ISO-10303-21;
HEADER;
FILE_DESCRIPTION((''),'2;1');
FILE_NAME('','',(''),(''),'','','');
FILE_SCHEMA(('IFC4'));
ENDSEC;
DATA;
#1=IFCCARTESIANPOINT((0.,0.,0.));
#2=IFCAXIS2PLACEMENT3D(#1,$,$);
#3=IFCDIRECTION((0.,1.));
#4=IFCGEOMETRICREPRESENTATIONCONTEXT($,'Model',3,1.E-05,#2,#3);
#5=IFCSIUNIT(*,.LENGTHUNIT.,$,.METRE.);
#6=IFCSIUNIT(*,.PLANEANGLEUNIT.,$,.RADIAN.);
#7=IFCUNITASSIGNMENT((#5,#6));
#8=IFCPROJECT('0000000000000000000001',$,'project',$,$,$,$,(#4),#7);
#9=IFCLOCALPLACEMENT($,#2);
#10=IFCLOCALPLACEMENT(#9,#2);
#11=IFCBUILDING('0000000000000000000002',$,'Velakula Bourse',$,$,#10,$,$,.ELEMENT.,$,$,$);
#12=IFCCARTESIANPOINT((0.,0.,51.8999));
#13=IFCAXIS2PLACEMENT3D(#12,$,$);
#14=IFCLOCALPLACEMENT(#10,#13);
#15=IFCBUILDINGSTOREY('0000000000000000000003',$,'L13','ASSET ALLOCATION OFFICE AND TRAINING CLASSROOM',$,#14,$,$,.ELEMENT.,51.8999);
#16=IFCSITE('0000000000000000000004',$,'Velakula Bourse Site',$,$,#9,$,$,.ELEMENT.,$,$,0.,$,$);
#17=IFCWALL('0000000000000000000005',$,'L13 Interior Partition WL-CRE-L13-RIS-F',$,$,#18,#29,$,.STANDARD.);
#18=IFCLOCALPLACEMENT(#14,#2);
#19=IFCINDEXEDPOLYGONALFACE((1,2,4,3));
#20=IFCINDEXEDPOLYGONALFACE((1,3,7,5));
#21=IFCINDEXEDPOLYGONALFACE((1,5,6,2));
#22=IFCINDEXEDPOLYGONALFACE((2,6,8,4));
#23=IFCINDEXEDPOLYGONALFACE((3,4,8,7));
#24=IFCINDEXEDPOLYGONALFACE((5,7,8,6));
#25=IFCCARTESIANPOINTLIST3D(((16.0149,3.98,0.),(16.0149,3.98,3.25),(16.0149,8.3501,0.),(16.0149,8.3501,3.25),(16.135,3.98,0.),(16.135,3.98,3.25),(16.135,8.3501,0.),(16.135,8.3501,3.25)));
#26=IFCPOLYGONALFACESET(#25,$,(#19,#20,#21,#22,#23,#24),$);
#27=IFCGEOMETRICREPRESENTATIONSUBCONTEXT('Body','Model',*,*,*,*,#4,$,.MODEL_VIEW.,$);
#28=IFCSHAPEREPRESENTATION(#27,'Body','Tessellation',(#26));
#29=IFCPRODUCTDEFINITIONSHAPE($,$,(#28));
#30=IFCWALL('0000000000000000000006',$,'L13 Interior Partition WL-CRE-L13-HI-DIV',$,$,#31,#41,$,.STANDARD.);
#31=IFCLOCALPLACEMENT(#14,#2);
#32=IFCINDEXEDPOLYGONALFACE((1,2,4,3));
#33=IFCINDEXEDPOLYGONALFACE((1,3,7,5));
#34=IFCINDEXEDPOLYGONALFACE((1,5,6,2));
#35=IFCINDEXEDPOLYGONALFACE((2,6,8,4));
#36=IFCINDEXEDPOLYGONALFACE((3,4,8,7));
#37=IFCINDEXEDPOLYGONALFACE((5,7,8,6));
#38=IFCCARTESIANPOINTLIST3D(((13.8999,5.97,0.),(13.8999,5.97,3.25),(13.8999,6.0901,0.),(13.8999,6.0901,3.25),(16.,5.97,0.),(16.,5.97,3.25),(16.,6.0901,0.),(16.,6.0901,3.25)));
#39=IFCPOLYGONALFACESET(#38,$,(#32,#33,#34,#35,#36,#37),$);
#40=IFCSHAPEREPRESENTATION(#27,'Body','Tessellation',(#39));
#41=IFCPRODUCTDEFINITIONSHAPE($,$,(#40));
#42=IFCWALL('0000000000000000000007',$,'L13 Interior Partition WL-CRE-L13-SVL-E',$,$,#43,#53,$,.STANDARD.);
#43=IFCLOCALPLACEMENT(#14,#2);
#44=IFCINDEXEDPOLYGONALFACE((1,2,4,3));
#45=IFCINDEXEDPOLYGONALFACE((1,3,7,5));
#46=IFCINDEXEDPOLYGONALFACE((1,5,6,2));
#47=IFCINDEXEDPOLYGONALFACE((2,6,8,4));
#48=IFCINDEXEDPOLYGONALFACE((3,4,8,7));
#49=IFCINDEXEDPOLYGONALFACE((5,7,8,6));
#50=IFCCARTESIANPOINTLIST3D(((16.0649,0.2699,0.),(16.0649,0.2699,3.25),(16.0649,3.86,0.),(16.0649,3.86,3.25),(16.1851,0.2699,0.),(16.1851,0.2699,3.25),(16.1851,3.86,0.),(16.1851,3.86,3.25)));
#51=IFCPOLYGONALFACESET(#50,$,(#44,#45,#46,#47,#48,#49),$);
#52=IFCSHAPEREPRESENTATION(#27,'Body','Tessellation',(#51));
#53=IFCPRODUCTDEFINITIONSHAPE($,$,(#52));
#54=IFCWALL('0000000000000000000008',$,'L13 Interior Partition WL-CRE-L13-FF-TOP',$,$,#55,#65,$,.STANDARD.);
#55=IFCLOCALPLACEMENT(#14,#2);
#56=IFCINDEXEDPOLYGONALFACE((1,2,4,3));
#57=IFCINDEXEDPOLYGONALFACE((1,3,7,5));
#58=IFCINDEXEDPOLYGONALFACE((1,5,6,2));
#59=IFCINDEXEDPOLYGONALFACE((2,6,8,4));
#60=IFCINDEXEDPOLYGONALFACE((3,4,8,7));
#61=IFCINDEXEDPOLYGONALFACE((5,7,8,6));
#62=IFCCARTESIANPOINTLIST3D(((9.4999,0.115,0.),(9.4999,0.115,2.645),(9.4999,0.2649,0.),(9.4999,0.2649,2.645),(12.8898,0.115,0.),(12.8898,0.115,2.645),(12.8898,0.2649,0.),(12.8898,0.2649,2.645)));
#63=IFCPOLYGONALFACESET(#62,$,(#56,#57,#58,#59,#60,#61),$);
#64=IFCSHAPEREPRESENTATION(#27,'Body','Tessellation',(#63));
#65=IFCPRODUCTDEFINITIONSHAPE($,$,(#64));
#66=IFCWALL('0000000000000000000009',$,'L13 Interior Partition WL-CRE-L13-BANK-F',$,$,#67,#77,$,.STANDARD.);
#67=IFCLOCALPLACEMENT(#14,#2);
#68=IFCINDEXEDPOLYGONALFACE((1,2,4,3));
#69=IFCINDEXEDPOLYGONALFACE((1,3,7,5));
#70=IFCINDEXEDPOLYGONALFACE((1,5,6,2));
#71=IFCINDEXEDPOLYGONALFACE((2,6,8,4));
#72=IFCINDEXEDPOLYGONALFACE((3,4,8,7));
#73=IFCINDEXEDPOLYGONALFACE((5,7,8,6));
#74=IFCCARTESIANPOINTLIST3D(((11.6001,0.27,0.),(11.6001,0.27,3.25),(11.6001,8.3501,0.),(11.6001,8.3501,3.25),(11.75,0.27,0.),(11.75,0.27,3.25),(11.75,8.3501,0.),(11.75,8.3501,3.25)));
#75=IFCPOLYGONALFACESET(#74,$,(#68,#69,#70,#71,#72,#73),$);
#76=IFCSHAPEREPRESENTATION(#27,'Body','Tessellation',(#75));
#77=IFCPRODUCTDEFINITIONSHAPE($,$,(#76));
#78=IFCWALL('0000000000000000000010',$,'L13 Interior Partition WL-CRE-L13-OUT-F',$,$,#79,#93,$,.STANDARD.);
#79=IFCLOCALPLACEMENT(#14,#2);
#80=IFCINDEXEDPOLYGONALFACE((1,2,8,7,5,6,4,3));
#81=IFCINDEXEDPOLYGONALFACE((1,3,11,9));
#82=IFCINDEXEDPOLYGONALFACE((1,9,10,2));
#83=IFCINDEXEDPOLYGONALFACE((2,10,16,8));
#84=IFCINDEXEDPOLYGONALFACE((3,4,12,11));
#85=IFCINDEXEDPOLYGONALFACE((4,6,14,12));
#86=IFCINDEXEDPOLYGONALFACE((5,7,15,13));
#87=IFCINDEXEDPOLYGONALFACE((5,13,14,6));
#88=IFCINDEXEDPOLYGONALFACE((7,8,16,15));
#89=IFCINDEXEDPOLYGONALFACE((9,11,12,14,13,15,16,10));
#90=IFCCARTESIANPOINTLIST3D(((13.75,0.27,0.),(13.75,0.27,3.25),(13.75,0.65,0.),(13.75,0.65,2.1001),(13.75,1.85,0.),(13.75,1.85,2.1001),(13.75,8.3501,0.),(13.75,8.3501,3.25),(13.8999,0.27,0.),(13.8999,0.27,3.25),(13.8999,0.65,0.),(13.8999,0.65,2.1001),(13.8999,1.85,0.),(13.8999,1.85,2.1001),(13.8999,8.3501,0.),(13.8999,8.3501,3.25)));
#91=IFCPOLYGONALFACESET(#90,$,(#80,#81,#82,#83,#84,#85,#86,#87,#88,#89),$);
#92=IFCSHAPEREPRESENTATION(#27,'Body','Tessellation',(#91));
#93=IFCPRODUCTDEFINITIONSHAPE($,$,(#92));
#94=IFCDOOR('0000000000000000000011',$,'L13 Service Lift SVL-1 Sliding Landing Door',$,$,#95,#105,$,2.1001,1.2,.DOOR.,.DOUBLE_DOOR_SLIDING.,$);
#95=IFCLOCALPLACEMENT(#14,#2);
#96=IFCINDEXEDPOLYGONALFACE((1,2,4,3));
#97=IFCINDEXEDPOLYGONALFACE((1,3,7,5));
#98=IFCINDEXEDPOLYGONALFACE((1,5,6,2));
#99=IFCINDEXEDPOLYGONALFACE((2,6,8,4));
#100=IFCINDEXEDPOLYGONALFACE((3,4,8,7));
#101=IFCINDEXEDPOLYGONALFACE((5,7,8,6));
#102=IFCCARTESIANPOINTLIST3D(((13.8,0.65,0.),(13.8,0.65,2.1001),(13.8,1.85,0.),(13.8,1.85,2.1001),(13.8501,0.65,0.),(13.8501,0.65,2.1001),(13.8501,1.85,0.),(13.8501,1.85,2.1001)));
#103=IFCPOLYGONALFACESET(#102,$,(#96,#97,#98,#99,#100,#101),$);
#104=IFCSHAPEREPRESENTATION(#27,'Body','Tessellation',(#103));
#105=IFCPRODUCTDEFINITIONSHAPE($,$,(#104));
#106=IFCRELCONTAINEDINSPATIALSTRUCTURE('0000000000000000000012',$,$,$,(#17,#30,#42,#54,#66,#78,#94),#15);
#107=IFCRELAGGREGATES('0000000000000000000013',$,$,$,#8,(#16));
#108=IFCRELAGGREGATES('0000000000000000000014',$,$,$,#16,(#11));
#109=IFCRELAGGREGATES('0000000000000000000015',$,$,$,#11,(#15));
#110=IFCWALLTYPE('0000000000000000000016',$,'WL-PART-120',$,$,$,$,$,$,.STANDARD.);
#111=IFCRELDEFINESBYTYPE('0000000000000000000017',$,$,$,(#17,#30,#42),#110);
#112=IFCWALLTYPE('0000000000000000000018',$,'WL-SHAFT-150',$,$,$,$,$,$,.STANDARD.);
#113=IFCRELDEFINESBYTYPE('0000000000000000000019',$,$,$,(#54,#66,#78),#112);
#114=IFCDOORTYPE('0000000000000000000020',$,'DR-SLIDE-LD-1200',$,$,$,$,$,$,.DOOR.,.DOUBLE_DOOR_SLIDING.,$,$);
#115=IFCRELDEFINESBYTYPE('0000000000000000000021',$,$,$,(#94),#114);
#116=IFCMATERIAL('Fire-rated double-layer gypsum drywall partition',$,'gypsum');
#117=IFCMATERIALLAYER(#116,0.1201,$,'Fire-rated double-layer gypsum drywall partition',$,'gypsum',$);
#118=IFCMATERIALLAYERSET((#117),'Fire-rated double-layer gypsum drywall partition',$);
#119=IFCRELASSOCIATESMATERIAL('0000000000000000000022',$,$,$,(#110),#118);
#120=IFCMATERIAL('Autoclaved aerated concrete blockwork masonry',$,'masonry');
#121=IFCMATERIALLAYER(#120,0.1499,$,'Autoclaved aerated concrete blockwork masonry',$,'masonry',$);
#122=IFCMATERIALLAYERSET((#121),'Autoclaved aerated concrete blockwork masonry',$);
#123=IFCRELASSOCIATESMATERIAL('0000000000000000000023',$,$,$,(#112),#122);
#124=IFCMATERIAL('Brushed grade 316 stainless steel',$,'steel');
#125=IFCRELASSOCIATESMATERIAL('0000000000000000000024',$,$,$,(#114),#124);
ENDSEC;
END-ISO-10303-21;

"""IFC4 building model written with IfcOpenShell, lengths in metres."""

from ifc_helpers import new_model, si_unit, direction, frame, frame_2d, origin, place, context, subcontext, project, spatial, rectangle, extrude, material, layer, layer_set, type_object, element, fill, save


model = new_model("IFC4")

# Units and contexts
model_context = context("Model", 3, precision=1e-05, world=origin(), true_north=direction((0.0, 1.0)))
body_context = subcontext(model_context, "Body", "Model", "MODEL_VIEW")
ifc_project = project(units=[si_unit("LENGTHUNIT", "METRE"), si_unit("PLANEANGLEUNIT", "RADIAN")], contexts=[model_context])

# Site, building, storey
site_placement = place(None, origin())
site = spatial("IfcSite", under=ifc_project, at=site_placement, Name="Velakula Bourse Site", CompositionType="ELEMENT", RefElevation=0.0)
building_placement = place(site_placement, origin())
building = spatial("IfcBuilding", under=site, at=building_placement, Name="Velakula Bourse", CompositionType="ELEMENT")
storey_placement = place(building_placement, frame((0.0, 0.0, 51.8999)))
storey = spatial("IfcBuildingStorey", under=building, at=storey_placement, Name="L13", Description="ASSET ALLOCATION OFFICE AND TRAINING CLASSROOM", CompositionType="ELEMENT", Elevation=51.8999)

# Shared definitions
ifc_material_1 = material(Name="Fire-rated double-layer gypsum drywall partition", Category="gypsum")
ifc_layer_1 = layer(ifc_material_1, 0.1201, Name="Fire-rated double-layer gypsum drywall partition", Category="gypsum")
ifc_layer_set_1 = layer_set([ifc_layer_1], Name="Fire-rated double-layer gypsum drywall partition")
wall_type_1 = type_object("IfcWallType", Name="WL-PART-120", PredefinedType="STANDARD", material=ifc_layer_set_1)

# Walls
wall_1_placement = place(storey_placement, frame((16.075, 3.98, 0.0), z_axis=(0.0, 0.0, 1.0), x_axis=(0.0, 1.0, 0.0)))
element("IfcWall", 1, at=wall_1_placement, inside=storey, type_object=wall_type_1, Name="L13 Interior Partition WL-CRE-L13-RIS-F", PredefinedType="STANDARD", context=body_context, shape_type="SweptSolid", body=[
    extrude(rectangle(XDim=4.3701, YDim=0.1201, at=frame_2d((2.1851, 0.0))), origin(), (0.0, 0.0, 1.0), 3.25),
])
wall_2_placement = place(storey_placement, frame((13.8999, 6.03, 0.0), z_axis=(0.0, 0.0, 1.0), x_axis=(1.0, 0.0, 0.0)))
element("IfcWall", 2, at=wall_2_placement, inside=storey, type_object=wall_type_1, Name="L13 Interior Partition WL-CRE-L13-HI-DIV", PredefinedType="STANDARD", context=body_context, shape_type="SweptSolid", body=[
    extrude(rectangle(XDim=2.1001, YDim=0.1201, at=frame_2d((1.05, 0.0))), origin(), (0.0, 0.0, 1.0), 3.25),
])
wall_3_placement = place(storey_placement, frame((16.125, 0.27, 0.0), z_axis=(0.0, 0.0, 1.0), x_axis=(0.0, 1.0, 0.0)))
element("IfcWall", 3, at=wall_3_placement, inside=storey, type_object=wall_type_1, Name="L13 Interior Partition WL-CRE-L13-SVL-E", PredefinedType="STANDARD", context=body_context, shape_type="SweptSolid", body=[
    extrude(rectangle(XDim=3.5901, YDim=0.1201, at=frame_2d((1.7949, 0.0))), origin(), (0.0, 0.0, 1.0), 3.25),
])
ifc_material_2 = material(Name="Autoclaved aerated concrete blockwork masonry", Category="masonry")
ifc_layer_2 = layer(ifc_material_2, 0.1499, Name="Autoclaved aerated concrete blockwork masonry", Category="masonry")
ifc_layer_set_2 = layer_set([ifc_layer_2], Name="Autoclaved aerated concrete blockwork masonry")
wall_type_2 = type_object("IfcWallType", Name="WL-SHAFT-150", PredefinedType="STANDARD", material=ifc_layer_set_2)
wall_4_placement = place(storey_placement, frame((9.5, 0.1899, 0.0), z_axis=(0.0, 0.0, 1.0), x_axis=(1.0, 0.0, 0.0)))
element("IfcWall", 4, at=wall_4_placement, inside=storey, type_object=wall_type_2, Name="L13 Interior Partition WL-CRE-L13-FF-TOP", PredefinedType="STANDARD", context=body_context, shape_type="SweptSolid", body=[
    extrude(rectangle(XDim=3.3899, YDim=0.1499, at=frame_2d((1.6948, 0.0))), origin(), (0.0, 0.0, 1.0), 2.645),
])
wall_5_placement = place(storey_placement, frame((11.675, 0.27, 0.0), z_axis=(0.0, 0.0, 1.0), x_axis=(0.0, 1.0, 0.0)))
element("IfcWall", 5, at=wall_5_placement, inside=storey, type_object=wall_type_2, Name="L13 Interior Partition WL-CRE-L13-BANK-F", PredefinedType="STANDARD", context=body_context, shape_type="SweptSolid", body=[
    extrude(rectangle(XDim=8.0801, YDim=0.1499, at=frame_2d((4.04, 0.0))), origin(), (0.0, 0.0, 1.0), 3.25),
])

# Wall, opening, door
wall_6_placement = place(storey_placement, frame((13.825, 0.27, 0.0), z_axis=(0.0, 0.0, 1.0), x_axis=(0.0, 1.0, 0.0)))
wall_6 = element("IfcWall", 6, at=wall_6_placement, inside=storey, type_object=wall_type_2, Name="L13 Interior Partition WL-CRE-L13-OUT-F", PredefinedType="STANDARD", context=body_context, shape_type="SweptSolid", body=[
    extrude(rectangle(XDim=8.0801, YDim=0.1499, at=frame_2d((4.04, 0.0))), origin(), (0.0, 0.0, 1.0), 3.25),
])
opening_1_placement = place(wall_6_placement, frame((0.3799, 0.0, 0.0)))
opening_1 = element("IfcOpeningElement", 7, at=opening_1_placement, cuts=wall_6, PredefinedType="OPENING", context=body_context, shape_type="SweptSolid", body=[
    extrude(rectangle(XDim=1.2, YDim=2.1001, at=frame_2d((0.6001, 1.05))), frame((0.0, 0.085, 0.0), z_axis=(0.0, -1.0, 0.0), x_axis=(1.0, 0.0, 0.0)), (0.0, 0.0, 1.0), 0.1699),
])
ifc_material_3 = material(Name="Brushed grade 316 stainless steel", Category="steel")
door_type_1 = type_object("IfcDoorType", Name="DR-SLIDE-LD-1200", OperationType="DOUBLE_DOOR_SLIDING", PredefinedType="DOOR", material=ifc_material_3)
door_1_placement = place(opening_1_placement, origin())
door_1 = element("IfcDoor", 8, at=door_1_placement, inside=storey, type_object=door_type_1, Name="L13 Service Lift SVL-1 Sliding Landing Door", OperationType="DOUBLE_DOOR_SLIDING", OverallHeight=2.1001, OverallWidth=1.2, PredefinedType="DOOR", context=body_context, shape_type="SweptSolid", body=[
    extrude(rectangle(XDim=1.2, YDim=2.1001, at=frame_2d((0.6001, 1.05))), frame((0.0, 0.0249, 0.0), z_axis=(0.0, -1.0, 0.0), x_axis=(1.0, 0.0, 0.0)), (0.0, 0.0, 1.0), 0.05),
])
fill(opening_1, door_1)

save(model, "model.ifc")
